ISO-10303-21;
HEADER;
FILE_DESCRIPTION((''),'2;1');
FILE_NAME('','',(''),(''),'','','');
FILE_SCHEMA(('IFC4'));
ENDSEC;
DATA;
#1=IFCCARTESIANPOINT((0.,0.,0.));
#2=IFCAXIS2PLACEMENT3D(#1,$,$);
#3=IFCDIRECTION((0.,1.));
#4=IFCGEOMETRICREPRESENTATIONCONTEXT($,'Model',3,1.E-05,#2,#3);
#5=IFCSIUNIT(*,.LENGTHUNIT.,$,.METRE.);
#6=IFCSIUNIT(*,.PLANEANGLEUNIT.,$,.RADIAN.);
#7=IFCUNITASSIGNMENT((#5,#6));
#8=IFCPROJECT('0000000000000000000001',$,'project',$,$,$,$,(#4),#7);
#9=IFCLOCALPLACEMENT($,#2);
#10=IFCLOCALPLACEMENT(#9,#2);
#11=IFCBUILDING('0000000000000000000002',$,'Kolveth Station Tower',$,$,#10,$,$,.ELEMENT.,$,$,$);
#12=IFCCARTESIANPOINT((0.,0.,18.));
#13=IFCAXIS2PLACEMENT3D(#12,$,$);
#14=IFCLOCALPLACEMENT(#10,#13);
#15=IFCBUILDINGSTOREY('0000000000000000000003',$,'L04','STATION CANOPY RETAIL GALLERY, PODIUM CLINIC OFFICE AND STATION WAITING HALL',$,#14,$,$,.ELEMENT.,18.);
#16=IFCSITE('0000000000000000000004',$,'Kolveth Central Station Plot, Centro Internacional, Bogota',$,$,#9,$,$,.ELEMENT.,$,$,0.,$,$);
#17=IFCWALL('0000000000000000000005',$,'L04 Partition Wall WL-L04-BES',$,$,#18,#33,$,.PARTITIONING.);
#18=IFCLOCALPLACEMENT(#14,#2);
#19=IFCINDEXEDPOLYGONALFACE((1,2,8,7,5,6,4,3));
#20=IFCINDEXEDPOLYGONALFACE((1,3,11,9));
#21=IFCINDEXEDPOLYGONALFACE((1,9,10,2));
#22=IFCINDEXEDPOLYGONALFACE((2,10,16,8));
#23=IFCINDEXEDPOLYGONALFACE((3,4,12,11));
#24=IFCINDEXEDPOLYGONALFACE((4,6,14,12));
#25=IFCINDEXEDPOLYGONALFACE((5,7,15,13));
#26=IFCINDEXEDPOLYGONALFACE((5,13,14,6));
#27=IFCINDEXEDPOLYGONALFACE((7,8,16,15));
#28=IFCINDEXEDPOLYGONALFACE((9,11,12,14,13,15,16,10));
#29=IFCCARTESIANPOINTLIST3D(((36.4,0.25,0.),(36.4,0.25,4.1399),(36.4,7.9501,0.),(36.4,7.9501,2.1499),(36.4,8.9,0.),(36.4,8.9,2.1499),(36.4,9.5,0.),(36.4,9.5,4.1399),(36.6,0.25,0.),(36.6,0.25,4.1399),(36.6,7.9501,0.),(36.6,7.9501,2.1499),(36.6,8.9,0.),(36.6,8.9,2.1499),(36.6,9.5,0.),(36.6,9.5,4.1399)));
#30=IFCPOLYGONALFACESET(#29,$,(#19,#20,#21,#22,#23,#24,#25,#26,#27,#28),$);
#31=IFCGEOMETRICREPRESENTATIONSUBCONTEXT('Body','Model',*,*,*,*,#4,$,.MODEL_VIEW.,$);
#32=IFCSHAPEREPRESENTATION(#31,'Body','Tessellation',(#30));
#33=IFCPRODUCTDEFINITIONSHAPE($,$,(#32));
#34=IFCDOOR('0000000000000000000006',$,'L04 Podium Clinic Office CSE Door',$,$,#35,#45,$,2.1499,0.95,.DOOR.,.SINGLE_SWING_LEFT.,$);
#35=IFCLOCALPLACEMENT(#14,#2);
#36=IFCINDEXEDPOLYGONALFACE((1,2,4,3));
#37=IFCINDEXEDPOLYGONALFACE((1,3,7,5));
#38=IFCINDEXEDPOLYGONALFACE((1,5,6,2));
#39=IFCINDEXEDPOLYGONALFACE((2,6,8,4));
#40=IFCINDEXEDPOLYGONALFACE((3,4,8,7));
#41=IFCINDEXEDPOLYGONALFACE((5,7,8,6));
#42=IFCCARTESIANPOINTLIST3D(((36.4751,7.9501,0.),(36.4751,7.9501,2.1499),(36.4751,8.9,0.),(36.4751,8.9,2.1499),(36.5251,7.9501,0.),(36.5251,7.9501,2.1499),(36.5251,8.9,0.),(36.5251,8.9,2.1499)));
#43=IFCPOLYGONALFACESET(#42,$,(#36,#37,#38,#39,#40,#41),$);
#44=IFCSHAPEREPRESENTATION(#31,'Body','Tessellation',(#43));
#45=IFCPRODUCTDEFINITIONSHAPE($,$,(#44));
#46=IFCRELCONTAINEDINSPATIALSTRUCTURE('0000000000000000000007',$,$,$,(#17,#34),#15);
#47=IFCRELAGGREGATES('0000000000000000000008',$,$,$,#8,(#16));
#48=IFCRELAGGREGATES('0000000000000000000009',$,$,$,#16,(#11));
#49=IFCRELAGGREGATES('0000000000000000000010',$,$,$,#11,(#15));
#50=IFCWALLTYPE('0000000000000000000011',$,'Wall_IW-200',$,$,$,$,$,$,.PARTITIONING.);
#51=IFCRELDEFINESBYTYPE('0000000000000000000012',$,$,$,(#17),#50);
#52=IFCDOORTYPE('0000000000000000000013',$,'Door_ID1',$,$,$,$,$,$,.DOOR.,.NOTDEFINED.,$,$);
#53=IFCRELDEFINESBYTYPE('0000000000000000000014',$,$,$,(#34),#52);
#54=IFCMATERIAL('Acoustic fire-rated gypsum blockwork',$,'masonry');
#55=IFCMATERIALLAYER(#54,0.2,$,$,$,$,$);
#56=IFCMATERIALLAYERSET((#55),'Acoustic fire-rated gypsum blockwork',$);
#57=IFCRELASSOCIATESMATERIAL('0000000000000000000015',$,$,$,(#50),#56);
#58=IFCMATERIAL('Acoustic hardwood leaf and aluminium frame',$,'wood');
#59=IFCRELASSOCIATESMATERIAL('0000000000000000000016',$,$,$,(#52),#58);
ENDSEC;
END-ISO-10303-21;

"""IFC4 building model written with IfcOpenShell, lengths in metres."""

from ifc_helpers import new_model, si_unit, direction, frame, frame_2d, origin, place, context, subcontext, project, spatial, rectangle, extrude, material, layer, layer_set, type_object, element, fill, save


model = new_model("IFC4")

# Units and contexts
model_context = context("Model", 3, precision=1e-05, world=origin(), true_north=direction((0.0, 1.0)))
body_context = subcontext(model_context, "Body", "Model", "MODEL_VIEW")
ifc_project = project(units=[si_unit("LENGTHUNIT", "METRE"), si_unit("PLANEANGLEUNIT", "RADIAN")], contexts=[model_context])

# Site, building, storey
site_placement = place(None, origin())
site = spatial("IfcSite", under=ifc_project, at=site_placement, Name="Kolveth Central Station Plot, Centro Internacional, Bogota", CompositionType="ELEMENT", RefElevation=0.0)
building_placement = place(site_placement, origin())
building = spatial("IfcBuilding", under=site, at=building_placement, Name="Kolveth Station Tower", CompositionType="ELEMENT")
storey_placement = place(building_placement, frame((0.0, 0.0, 18.0)))
storey = spatial("IfcBuildingStorey", under=building, at=storey_placement, Name="L04", Description="STATION CANOPY RETAIL GALLERY, PODIUM CLINIC OFFICE AND STATION WAITING HALL", CompositionType="ELEMENT", Elevation=18.0)

# Wall, opening, door
ifc_material_1 = material(Name="Acoustic fire-rated gypsum blockwork", Category="masonry")
ifc_layer_1 = layer(ifc_material_1, 0.2)
ifc_layer_set_1 = layer_set([ifc_layer_1], Name="Acoustic fire-rated gypsum blockwork")
wall_type_1 = type_object("IfcWallType", Name="Wall_IW-200", PredefinedType="PARTITIONING", material=ifc_layer_set_1)
wall_1_placement = place(storey_placement, frame((36.5, 0.25, 0.0), z_axis=(0.0, 0.0, 1.0), x_axis=(0.0, 1.0, 0.0)))
wall_1 = element("IfcWall", 1, at=wall_1_placement, inside=storey, type_object=wall_type_1, Name="L04 Partition Wall WL-L04-BES", PredefinedType="PARTITIONING", context=body_context, shape_type="SweptSolid", body=[
    extrude(rectangle(XDim=9.25, YDim=0.2, at=frame_2d((4.625, 0.0))), origin(), (0.0, 0.0, 1.0), 4.1399),
])
opening_1_placement = place(wall_1_placement, frame((7.7, 0.0, 0.0)))
opening_1 = element("IfcOpeningElement", 2, at=opening_1_placement, cuts=wall_1, PredefinedType="OPENING", context=body_context, shape_type="SweptSolid", body=[
    extrude(rectangle(XDim=0.95, YDim=2.1499, at=frame_2d((0.4751, 1.075))), frame((0.0, 0.1099, 0.0), z_axis=(0.0, -1.0, 0.0), x_axis=(1.0, 0.0, 0.0)), (0.0, 0.0, 1.0), 0.22),
])
ifc_material_2 = material(Name="Acoustic hardwood leaf and aluminium frame", Category="wood")
door_type_1 = type_object("IfcDoorType", Name="Door_ID1", OperationType="NOTDEFINED", PredefinedType="DOOR", material=ifc_material_2)
door_1_placement = place(opening_1_placement, origin())
door_1 = element("IfcDoor", 3, at=door_1_placement, inside=storey, type_object=door_type_1, Name="L04 Podium Clinic Office CSE Door", OperationType="SINGLE_SWING_LEFT", OverallHeight=2.1499, OverallWidth=0.95, PredefinedType="DOOR", context=body_context, shape_type="SweptSolid", body=[
    extrude(rectangle(XDim=0.95, YDim=2.1499, at=frame_2d((0.4751, 1.075))), frame((0.0, 0.0249, 0.0), z_axis=(0.0, -1.0, 0.0), x_axis=(1.0, 0.0, 0.0)), (0.0, 0.0, 1.0), 0.05),
])
fill(opening_1, door_1)

save(model, "model.ifc")
